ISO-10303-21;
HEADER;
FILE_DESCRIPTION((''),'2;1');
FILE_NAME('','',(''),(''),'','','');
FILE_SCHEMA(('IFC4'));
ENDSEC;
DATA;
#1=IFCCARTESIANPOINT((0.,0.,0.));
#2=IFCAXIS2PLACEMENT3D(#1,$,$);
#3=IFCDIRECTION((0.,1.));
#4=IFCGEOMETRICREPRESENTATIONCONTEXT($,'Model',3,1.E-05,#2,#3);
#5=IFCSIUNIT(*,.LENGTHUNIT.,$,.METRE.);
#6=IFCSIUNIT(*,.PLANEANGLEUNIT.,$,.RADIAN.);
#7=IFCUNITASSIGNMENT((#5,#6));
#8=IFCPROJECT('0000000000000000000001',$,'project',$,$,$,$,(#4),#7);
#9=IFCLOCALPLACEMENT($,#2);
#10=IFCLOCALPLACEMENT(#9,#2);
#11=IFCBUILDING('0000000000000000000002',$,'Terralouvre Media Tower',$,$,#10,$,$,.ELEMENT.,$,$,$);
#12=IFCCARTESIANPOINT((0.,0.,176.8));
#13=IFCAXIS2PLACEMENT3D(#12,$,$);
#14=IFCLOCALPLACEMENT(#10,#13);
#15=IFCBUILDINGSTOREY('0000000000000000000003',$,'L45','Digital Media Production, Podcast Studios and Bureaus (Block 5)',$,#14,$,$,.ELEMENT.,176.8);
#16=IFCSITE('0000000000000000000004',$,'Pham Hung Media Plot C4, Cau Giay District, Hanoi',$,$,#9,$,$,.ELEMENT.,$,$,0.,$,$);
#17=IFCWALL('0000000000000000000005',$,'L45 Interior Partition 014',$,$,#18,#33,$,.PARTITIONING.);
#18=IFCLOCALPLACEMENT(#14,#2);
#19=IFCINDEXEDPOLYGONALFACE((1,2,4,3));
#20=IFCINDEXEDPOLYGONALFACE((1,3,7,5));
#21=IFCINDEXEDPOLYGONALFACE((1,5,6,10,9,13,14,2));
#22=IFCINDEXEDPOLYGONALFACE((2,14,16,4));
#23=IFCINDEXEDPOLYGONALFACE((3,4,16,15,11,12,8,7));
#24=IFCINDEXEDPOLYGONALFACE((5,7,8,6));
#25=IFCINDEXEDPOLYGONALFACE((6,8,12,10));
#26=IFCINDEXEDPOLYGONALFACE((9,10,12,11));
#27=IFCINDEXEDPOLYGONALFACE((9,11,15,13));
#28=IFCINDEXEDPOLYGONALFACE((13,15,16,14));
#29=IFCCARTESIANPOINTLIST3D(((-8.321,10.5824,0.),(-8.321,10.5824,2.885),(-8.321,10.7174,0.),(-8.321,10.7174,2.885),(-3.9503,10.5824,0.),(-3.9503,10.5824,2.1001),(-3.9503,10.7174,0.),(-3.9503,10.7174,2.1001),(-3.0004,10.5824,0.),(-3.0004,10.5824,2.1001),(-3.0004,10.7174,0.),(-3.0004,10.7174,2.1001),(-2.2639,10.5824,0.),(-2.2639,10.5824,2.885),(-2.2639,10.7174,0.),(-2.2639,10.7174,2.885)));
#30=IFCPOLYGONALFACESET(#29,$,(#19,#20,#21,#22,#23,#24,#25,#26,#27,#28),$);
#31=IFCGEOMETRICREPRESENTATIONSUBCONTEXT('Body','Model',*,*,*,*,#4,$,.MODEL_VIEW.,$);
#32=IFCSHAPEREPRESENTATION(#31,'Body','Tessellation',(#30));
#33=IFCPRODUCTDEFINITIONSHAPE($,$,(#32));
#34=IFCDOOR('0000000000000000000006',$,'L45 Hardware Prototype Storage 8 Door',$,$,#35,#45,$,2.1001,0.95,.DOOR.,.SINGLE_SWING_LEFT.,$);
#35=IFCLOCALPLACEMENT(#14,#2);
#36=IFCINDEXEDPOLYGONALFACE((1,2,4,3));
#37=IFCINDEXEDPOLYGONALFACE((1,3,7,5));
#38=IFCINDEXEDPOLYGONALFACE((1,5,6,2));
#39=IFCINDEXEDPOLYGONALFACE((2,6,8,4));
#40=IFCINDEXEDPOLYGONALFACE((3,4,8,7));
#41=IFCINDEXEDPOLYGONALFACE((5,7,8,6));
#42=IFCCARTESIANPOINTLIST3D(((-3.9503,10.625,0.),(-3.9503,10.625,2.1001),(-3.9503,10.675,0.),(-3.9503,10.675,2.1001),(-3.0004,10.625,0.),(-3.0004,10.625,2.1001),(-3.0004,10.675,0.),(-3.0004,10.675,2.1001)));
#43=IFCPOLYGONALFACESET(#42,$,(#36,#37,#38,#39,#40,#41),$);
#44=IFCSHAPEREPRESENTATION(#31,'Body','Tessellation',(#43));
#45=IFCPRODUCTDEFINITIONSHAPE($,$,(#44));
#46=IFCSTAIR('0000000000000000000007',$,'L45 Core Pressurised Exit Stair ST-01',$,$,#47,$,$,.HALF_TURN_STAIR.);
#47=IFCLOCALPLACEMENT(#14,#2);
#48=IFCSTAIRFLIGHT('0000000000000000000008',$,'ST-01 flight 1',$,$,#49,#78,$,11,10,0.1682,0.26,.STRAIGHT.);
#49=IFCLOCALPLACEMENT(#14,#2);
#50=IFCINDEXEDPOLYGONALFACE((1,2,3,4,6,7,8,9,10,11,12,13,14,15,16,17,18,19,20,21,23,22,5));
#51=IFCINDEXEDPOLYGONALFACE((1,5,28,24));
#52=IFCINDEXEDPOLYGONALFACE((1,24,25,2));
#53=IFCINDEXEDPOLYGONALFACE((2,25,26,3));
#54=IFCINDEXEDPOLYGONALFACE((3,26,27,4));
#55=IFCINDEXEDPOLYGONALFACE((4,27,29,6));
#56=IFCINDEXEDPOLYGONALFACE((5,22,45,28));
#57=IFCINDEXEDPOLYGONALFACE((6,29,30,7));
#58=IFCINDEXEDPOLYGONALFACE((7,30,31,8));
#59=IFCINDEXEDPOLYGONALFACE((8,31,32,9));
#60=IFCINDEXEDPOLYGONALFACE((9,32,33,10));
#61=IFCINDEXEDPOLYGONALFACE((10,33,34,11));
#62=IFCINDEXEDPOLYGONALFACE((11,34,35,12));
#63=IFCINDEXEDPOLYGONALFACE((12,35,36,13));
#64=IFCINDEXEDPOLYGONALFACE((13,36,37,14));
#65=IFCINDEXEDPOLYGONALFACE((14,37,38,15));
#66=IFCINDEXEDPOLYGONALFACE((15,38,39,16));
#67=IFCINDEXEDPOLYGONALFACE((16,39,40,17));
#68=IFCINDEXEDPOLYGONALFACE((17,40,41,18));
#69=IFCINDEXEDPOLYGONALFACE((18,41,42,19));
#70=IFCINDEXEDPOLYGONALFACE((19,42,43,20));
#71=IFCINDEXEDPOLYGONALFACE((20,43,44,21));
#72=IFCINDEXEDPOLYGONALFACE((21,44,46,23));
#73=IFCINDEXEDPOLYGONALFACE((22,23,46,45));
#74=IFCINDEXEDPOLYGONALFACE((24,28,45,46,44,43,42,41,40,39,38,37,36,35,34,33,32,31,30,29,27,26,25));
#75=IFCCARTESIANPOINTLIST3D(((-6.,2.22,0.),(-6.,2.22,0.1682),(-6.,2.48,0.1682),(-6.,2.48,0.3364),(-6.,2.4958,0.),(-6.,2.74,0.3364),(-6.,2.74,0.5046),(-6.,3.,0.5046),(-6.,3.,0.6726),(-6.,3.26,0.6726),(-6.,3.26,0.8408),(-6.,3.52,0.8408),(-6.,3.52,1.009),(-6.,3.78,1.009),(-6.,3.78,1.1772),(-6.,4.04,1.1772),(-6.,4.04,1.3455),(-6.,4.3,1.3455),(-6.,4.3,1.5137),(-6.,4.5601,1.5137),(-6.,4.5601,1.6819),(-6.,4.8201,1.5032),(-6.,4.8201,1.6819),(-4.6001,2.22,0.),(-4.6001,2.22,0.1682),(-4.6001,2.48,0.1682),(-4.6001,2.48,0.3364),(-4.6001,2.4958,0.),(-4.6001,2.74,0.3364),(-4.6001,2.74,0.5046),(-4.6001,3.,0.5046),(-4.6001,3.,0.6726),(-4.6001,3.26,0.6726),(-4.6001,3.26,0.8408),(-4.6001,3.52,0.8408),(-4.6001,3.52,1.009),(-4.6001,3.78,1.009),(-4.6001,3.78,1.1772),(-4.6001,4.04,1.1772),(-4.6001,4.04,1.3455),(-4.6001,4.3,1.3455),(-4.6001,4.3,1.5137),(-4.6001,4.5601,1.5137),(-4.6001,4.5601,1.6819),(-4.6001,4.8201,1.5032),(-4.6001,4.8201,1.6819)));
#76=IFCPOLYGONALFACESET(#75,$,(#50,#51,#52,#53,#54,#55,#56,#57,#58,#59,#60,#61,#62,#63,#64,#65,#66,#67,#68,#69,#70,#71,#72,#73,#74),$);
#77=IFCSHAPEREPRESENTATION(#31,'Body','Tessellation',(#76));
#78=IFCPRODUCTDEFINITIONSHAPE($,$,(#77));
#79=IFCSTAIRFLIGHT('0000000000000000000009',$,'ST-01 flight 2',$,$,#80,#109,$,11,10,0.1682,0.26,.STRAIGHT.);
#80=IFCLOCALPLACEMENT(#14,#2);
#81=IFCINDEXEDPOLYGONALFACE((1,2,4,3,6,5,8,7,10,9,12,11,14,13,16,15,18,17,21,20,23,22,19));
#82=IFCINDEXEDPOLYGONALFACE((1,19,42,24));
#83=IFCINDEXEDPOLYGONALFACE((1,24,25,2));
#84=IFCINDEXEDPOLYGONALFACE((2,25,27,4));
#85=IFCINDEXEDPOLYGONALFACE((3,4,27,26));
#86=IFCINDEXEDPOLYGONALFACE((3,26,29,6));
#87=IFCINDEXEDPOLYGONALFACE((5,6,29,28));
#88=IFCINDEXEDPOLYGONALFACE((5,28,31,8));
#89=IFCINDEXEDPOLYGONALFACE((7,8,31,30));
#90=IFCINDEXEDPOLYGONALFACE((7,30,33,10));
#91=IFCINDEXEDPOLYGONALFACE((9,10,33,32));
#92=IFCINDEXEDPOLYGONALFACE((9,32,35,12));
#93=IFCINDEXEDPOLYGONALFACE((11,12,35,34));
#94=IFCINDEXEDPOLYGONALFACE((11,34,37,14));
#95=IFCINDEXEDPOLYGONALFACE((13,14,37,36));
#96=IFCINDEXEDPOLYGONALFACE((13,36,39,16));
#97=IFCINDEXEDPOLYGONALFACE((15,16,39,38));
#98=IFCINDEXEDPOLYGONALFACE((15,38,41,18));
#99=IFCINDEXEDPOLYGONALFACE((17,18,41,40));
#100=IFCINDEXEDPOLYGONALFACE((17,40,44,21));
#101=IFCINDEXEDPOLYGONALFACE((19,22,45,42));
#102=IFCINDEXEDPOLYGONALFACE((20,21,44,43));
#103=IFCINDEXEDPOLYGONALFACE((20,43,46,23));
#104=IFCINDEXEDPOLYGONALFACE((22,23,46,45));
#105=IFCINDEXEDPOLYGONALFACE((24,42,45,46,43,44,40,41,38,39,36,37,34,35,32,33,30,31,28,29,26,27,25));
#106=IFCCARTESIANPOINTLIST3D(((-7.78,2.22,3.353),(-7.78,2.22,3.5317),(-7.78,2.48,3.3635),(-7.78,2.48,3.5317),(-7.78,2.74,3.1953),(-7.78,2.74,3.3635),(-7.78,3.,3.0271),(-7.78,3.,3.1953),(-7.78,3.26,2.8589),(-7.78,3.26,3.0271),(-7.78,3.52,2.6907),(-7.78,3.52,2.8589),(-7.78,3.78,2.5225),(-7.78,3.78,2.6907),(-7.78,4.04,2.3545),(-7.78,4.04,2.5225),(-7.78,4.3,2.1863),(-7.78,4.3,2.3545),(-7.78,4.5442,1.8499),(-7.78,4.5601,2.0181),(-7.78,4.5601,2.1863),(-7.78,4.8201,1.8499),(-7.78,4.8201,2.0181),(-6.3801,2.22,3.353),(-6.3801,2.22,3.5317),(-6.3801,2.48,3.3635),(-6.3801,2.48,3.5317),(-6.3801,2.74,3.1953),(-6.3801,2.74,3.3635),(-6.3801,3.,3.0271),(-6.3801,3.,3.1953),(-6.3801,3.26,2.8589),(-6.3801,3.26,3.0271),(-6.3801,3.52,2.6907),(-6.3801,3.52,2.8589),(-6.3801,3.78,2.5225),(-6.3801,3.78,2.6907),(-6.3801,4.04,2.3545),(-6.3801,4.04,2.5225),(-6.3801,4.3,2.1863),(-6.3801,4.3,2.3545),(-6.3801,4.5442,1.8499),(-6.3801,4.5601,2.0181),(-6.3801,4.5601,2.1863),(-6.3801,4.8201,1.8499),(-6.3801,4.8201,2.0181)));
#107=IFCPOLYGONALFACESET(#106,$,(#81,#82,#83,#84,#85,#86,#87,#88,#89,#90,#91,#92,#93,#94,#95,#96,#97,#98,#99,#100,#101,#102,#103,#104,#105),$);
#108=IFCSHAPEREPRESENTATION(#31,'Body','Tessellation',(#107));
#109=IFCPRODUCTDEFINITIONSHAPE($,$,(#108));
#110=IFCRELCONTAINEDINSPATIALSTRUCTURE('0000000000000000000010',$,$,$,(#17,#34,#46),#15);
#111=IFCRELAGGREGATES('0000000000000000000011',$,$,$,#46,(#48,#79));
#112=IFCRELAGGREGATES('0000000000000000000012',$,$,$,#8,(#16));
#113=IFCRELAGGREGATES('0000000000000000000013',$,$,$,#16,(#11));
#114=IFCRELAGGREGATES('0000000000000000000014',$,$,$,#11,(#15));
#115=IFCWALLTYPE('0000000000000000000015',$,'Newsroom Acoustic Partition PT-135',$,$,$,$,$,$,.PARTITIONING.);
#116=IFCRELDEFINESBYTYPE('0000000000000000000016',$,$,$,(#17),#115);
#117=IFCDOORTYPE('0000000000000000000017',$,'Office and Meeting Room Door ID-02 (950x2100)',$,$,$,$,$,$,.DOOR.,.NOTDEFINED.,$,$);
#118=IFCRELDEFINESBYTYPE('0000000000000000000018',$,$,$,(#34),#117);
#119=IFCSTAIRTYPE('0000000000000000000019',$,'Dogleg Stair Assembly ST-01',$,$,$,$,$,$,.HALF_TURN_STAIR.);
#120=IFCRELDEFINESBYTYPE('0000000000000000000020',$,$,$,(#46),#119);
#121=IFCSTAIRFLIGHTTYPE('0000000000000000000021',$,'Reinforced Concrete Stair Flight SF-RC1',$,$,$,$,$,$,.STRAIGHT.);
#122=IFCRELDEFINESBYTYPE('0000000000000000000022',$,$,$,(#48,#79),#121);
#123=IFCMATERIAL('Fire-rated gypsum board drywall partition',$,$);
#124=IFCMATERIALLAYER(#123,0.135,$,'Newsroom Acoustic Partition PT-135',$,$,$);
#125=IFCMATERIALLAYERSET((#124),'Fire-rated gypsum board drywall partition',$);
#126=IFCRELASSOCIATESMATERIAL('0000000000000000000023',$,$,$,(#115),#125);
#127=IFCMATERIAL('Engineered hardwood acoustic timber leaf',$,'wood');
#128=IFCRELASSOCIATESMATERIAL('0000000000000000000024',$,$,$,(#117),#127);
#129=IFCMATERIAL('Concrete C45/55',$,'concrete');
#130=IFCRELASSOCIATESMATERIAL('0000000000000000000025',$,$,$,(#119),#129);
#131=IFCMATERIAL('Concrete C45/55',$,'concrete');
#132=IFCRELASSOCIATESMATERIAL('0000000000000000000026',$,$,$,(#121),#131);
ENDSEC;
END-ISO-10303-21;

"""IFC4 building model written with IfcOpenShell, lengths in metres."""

from ifc_helpers import new_model, si_unit, direction, frame, frame_2d, origin, place, context, subcontext, project, spatial, polyline, rectangle, outline, extrude, material, layer, layer_set, type_object, element, fill, aggregate, save


model = new_model("IFC4")

# Units and contexts
model_context = context("Model", 3, precision=1e-05, world=origin(), true_north=direction((0.0, 1.0)))
body_context = subcontext(model_context, "Body", "Model", "MODEL_VIEW")
ifc_project = project(units=[si_unit("LENGTHUNIT", "METRE"), si_unit("PLANEANGLEUNIT", "RADIAN")], contexts=[model_context])

# Site, building, storey
site_placement = place(None, origin())
site = spatial("IfcSite", under=ifc_project, at=site_placement, Name="Pham Hung Media Plot C4, Cau Giay District, Hanoi", CompositionType="ELEMENT", RefElevation=0.0)
building_placement = place(site_placement, origin())
building = spatial("IfcBuilding", under=site, at=building_placement, Name="Terralouvre Media Tower", CompositionType="ELEMENT")
storey_placement = place(building_placement, frame((0.0, 0.0, 176.8)))
storey = spatial("IfcBuildingStorey", under=building, at=storey_placement, Name="L45", Description="Digital Media Production, Podcast Studios and Bureaus (Block 5)", CompositionType="ELEMENT", Elevation=176.8)

# Wall, opening, door
ifc_material_1 = material(Name="Fire-rated gypsum board drywall partition")
ifc_layer_1 = layer(ifc_material_1, 0.135, Name="Newsroom Acoustic Partition PT-135")
ifc_layer_set_1 = layer_set([ifc_layer_1], Name="Fire-rated gypsum board drywall partition")
wall_type_1 = type_object("IfcWallType", Name="Newsroom Acoustic Partition PT-135", PredefinedType="PARTITIONING", material=ifc_layer_set_1)
wall_1_placement = place(storey_placement, frame((-2.2639, 10.6499, 0.0), z_axis=(0.0, 0.0, 1.0), x_axis=(-1.0, 0.0, 0.0)))
wall_1 = element("IfcWall", 1, at=wall_1_placement, inside=storey, type_object=wall_type_1, Name="L45 Interior Partition 014", PredefinedType="PARTITIONING", context=body_context, shape_type="SweptSolid", body=[
    extrude(rectangle(XDim=6.0571, YDim=0.135, at=frame_2d((3.0286, 0.0))), origin(), (0.0, 0.0, 1.0), 2.885),
])
opening_1_placement = place(wall_1_placement, frame((0.7363, 0.0, 0.0)))
opening_1 = element("IfcOpeningElement", 2, at=opening_1_placement, cuts=wall_1, PredefinedType="OPENING", context=body_context, shape_type="SweptSolid", body=[
    extrude(rectangle(XDim=0.95, YDim=2.1001, at=frame_2d((0.4751, 1.05))), frame((0.0, 0.0774, 0.0), z_axis=(0.0, -1.0, 0.0), x_axis=(1.0, 0.0, 0.0)), (0.0, 0.0, 1.0), 0.155),
])
ifc_material_2 = material(Name="Engineered hardwood acoustic timber leaf", Category="wood")
door_type_1 = type_object("IfcDoorType", Name="Office and Meeting Room Door ID-02 (950x2100)", OperationType="NOTDEFINED", PredefinedType="DOOR", material=ifc_material_2)
door_1_placement = place(opening_1_placement, origin())
door_1 = element("IfcDoor", 3, at=door_1_placement, inside=storey, type_object=door_type_1, Name="L45 Hardware Prototype Storage 8 Door", OperationType="SINGLE_SWING_LEFT", OverallHeight=2.1001, OverallWidth=0.95, PredefinedType="DOOR", context=body_context, shape_type="SweptSolid", body=[
    extrude(rectangle(XDim=0.95, YDim=2.1001, at=frame_2d((0.4751, 1.05))), frame((0.0, 0.0249, 0.0), z_axis=(0.0, -1.0, 0.0), x_axis=(1.0, 0.0, 0.0)), (0.0, 0.0, 1.0), 0.05),
])
fill(opening_1, door_1)

# Stair, stair flights
ifc_material_3 = material(Name="Concrete C45/55", Category="concrete")
stair_type = type_object("IfcStairType", Name="Dogleg Stair Assembly ST-01", PredefinedType="HALF_TURN_STAIR", material=ifc_material_3)
stair_placement = place(storey_placement, origin())
stair = element("IfcStair", 4, at=stair_placement, inside=storey, type_object=stair_type, Name="L45 Core Pressurised Exit Stair ST-01", PredefinedType="HALF_TURN_STAIR")
ifc_material_4 = material(Name="Concrete C45/55", Category="concrete")
stair_flight_type = type_object("IfcStairFlightType", Name="Reinforced Concrete Stair Flight SF-RC1", PredefinedType="STRAIGHT", material=ifc_material_4)
stair_flight_1_placement = place(storey_placement, frame((-5.3, 2.22, 0.0), z_axis=(0.0, 0.0, 1.0), x_axis=(0.0, 1.0, 0.0)))
stair_flight_1 = element("IfcStairFlight", 5, at=stair_flight_1_placement, type_object=stair_flight_type, Name="ST-01 flight 1", NumberOfRisers=11, NumberOfTreads=10, PredefinedType="STRAIGHT", RiserHeight=0.1682, TreadLength=0.26, context=body_context, shape_type="SweptSolid", body=[
    extrude(outline(polyline([(0.0, 0.0), (0.0, 0.1682), (0.26, 0.1682), (0.26, 0.3364), (0.52, 0.3364), (0.52, 0.5046), (0.78, 0.5046), (0.78, 0.6726), (1.04, 0.6726), (1.04, 0.8408), (1.3, 0.8408), (1.3, 1.009), (1.5601, 1.009), (1.5601, 1.1772), (1.8201, 1.1772), (1.8201, 1.3455), (2.0801, 1.3455), (2.0801, 1.5137), (2.3401, 1.5137), (2.3401, 1.6819), (2.6001, 1.6819), (2.6001, 1.8501), (2.6001, 1.5032), (0.2759, 0.0), (0.0, 0.0)])), frame((0.0, 0.7, 0.0), z_axis=(0.0, -1.0, 0.0), x_axis=(1.0, 0.0, 0.0)), (0.0, 0.0, 1.0), 1.3999),
])
stair_flight_2_placement = place(storey_placement, frame((-7.0801, 4.8201, 1.8499), z_axis=(0.0, 0.0, 1.0), x_axis=(0.0, -1.0, 0.0)))
stair_flight_2 = element("IfcStairFlight", 6, at=stair_flight_2_placement, type_object=stair_flight_type, Name="ST-01 flight 2", NumberOfRisers=11, NumberOfTreads=10, PredefinedType="STRAIGHT", RiserHeight=0.1682, TreadLength=0.26, context=body_context, shape_type="SweptSolid", body=[
    extrude(outline(polyline([(0.0, 0.0), (0.0, 0.1682), (0.26, 0.1682), (0.26, 0.3364), (0.52, 0.3364), (0.52, 0.5046), (0.78, 0.5046), (0.78, 0.6726), (1.04, 0.6726), (1.04, 0.8408), (1.3, 0.8408), (1.3, 1.009), (1.5601, 1.009), (1.5601, 1.1772), (1.8201, 1.1772), (1.8201, 1.3455), (2.0801, 1.3455), (2.0801, 1.5137), (2.3401, 1.5137), (2.3401, 1.6819), (2.6001, 1.6819), (2.6001, 1.8501), (2.6001, 1.5032), (0.2759, 0.0), (0.0, 0.0)])), frame((0.0, 0.7, 0.0), z_axis=(0.0, -1.0, 0.0), x_axis=(1.0, 0.0, 0.0)), (0.0, 0.0, 1.0), 1.3999),
])
aggregate(stair, [stair_flight_1, stair_flight_2])

save(model, "model.ifc")
